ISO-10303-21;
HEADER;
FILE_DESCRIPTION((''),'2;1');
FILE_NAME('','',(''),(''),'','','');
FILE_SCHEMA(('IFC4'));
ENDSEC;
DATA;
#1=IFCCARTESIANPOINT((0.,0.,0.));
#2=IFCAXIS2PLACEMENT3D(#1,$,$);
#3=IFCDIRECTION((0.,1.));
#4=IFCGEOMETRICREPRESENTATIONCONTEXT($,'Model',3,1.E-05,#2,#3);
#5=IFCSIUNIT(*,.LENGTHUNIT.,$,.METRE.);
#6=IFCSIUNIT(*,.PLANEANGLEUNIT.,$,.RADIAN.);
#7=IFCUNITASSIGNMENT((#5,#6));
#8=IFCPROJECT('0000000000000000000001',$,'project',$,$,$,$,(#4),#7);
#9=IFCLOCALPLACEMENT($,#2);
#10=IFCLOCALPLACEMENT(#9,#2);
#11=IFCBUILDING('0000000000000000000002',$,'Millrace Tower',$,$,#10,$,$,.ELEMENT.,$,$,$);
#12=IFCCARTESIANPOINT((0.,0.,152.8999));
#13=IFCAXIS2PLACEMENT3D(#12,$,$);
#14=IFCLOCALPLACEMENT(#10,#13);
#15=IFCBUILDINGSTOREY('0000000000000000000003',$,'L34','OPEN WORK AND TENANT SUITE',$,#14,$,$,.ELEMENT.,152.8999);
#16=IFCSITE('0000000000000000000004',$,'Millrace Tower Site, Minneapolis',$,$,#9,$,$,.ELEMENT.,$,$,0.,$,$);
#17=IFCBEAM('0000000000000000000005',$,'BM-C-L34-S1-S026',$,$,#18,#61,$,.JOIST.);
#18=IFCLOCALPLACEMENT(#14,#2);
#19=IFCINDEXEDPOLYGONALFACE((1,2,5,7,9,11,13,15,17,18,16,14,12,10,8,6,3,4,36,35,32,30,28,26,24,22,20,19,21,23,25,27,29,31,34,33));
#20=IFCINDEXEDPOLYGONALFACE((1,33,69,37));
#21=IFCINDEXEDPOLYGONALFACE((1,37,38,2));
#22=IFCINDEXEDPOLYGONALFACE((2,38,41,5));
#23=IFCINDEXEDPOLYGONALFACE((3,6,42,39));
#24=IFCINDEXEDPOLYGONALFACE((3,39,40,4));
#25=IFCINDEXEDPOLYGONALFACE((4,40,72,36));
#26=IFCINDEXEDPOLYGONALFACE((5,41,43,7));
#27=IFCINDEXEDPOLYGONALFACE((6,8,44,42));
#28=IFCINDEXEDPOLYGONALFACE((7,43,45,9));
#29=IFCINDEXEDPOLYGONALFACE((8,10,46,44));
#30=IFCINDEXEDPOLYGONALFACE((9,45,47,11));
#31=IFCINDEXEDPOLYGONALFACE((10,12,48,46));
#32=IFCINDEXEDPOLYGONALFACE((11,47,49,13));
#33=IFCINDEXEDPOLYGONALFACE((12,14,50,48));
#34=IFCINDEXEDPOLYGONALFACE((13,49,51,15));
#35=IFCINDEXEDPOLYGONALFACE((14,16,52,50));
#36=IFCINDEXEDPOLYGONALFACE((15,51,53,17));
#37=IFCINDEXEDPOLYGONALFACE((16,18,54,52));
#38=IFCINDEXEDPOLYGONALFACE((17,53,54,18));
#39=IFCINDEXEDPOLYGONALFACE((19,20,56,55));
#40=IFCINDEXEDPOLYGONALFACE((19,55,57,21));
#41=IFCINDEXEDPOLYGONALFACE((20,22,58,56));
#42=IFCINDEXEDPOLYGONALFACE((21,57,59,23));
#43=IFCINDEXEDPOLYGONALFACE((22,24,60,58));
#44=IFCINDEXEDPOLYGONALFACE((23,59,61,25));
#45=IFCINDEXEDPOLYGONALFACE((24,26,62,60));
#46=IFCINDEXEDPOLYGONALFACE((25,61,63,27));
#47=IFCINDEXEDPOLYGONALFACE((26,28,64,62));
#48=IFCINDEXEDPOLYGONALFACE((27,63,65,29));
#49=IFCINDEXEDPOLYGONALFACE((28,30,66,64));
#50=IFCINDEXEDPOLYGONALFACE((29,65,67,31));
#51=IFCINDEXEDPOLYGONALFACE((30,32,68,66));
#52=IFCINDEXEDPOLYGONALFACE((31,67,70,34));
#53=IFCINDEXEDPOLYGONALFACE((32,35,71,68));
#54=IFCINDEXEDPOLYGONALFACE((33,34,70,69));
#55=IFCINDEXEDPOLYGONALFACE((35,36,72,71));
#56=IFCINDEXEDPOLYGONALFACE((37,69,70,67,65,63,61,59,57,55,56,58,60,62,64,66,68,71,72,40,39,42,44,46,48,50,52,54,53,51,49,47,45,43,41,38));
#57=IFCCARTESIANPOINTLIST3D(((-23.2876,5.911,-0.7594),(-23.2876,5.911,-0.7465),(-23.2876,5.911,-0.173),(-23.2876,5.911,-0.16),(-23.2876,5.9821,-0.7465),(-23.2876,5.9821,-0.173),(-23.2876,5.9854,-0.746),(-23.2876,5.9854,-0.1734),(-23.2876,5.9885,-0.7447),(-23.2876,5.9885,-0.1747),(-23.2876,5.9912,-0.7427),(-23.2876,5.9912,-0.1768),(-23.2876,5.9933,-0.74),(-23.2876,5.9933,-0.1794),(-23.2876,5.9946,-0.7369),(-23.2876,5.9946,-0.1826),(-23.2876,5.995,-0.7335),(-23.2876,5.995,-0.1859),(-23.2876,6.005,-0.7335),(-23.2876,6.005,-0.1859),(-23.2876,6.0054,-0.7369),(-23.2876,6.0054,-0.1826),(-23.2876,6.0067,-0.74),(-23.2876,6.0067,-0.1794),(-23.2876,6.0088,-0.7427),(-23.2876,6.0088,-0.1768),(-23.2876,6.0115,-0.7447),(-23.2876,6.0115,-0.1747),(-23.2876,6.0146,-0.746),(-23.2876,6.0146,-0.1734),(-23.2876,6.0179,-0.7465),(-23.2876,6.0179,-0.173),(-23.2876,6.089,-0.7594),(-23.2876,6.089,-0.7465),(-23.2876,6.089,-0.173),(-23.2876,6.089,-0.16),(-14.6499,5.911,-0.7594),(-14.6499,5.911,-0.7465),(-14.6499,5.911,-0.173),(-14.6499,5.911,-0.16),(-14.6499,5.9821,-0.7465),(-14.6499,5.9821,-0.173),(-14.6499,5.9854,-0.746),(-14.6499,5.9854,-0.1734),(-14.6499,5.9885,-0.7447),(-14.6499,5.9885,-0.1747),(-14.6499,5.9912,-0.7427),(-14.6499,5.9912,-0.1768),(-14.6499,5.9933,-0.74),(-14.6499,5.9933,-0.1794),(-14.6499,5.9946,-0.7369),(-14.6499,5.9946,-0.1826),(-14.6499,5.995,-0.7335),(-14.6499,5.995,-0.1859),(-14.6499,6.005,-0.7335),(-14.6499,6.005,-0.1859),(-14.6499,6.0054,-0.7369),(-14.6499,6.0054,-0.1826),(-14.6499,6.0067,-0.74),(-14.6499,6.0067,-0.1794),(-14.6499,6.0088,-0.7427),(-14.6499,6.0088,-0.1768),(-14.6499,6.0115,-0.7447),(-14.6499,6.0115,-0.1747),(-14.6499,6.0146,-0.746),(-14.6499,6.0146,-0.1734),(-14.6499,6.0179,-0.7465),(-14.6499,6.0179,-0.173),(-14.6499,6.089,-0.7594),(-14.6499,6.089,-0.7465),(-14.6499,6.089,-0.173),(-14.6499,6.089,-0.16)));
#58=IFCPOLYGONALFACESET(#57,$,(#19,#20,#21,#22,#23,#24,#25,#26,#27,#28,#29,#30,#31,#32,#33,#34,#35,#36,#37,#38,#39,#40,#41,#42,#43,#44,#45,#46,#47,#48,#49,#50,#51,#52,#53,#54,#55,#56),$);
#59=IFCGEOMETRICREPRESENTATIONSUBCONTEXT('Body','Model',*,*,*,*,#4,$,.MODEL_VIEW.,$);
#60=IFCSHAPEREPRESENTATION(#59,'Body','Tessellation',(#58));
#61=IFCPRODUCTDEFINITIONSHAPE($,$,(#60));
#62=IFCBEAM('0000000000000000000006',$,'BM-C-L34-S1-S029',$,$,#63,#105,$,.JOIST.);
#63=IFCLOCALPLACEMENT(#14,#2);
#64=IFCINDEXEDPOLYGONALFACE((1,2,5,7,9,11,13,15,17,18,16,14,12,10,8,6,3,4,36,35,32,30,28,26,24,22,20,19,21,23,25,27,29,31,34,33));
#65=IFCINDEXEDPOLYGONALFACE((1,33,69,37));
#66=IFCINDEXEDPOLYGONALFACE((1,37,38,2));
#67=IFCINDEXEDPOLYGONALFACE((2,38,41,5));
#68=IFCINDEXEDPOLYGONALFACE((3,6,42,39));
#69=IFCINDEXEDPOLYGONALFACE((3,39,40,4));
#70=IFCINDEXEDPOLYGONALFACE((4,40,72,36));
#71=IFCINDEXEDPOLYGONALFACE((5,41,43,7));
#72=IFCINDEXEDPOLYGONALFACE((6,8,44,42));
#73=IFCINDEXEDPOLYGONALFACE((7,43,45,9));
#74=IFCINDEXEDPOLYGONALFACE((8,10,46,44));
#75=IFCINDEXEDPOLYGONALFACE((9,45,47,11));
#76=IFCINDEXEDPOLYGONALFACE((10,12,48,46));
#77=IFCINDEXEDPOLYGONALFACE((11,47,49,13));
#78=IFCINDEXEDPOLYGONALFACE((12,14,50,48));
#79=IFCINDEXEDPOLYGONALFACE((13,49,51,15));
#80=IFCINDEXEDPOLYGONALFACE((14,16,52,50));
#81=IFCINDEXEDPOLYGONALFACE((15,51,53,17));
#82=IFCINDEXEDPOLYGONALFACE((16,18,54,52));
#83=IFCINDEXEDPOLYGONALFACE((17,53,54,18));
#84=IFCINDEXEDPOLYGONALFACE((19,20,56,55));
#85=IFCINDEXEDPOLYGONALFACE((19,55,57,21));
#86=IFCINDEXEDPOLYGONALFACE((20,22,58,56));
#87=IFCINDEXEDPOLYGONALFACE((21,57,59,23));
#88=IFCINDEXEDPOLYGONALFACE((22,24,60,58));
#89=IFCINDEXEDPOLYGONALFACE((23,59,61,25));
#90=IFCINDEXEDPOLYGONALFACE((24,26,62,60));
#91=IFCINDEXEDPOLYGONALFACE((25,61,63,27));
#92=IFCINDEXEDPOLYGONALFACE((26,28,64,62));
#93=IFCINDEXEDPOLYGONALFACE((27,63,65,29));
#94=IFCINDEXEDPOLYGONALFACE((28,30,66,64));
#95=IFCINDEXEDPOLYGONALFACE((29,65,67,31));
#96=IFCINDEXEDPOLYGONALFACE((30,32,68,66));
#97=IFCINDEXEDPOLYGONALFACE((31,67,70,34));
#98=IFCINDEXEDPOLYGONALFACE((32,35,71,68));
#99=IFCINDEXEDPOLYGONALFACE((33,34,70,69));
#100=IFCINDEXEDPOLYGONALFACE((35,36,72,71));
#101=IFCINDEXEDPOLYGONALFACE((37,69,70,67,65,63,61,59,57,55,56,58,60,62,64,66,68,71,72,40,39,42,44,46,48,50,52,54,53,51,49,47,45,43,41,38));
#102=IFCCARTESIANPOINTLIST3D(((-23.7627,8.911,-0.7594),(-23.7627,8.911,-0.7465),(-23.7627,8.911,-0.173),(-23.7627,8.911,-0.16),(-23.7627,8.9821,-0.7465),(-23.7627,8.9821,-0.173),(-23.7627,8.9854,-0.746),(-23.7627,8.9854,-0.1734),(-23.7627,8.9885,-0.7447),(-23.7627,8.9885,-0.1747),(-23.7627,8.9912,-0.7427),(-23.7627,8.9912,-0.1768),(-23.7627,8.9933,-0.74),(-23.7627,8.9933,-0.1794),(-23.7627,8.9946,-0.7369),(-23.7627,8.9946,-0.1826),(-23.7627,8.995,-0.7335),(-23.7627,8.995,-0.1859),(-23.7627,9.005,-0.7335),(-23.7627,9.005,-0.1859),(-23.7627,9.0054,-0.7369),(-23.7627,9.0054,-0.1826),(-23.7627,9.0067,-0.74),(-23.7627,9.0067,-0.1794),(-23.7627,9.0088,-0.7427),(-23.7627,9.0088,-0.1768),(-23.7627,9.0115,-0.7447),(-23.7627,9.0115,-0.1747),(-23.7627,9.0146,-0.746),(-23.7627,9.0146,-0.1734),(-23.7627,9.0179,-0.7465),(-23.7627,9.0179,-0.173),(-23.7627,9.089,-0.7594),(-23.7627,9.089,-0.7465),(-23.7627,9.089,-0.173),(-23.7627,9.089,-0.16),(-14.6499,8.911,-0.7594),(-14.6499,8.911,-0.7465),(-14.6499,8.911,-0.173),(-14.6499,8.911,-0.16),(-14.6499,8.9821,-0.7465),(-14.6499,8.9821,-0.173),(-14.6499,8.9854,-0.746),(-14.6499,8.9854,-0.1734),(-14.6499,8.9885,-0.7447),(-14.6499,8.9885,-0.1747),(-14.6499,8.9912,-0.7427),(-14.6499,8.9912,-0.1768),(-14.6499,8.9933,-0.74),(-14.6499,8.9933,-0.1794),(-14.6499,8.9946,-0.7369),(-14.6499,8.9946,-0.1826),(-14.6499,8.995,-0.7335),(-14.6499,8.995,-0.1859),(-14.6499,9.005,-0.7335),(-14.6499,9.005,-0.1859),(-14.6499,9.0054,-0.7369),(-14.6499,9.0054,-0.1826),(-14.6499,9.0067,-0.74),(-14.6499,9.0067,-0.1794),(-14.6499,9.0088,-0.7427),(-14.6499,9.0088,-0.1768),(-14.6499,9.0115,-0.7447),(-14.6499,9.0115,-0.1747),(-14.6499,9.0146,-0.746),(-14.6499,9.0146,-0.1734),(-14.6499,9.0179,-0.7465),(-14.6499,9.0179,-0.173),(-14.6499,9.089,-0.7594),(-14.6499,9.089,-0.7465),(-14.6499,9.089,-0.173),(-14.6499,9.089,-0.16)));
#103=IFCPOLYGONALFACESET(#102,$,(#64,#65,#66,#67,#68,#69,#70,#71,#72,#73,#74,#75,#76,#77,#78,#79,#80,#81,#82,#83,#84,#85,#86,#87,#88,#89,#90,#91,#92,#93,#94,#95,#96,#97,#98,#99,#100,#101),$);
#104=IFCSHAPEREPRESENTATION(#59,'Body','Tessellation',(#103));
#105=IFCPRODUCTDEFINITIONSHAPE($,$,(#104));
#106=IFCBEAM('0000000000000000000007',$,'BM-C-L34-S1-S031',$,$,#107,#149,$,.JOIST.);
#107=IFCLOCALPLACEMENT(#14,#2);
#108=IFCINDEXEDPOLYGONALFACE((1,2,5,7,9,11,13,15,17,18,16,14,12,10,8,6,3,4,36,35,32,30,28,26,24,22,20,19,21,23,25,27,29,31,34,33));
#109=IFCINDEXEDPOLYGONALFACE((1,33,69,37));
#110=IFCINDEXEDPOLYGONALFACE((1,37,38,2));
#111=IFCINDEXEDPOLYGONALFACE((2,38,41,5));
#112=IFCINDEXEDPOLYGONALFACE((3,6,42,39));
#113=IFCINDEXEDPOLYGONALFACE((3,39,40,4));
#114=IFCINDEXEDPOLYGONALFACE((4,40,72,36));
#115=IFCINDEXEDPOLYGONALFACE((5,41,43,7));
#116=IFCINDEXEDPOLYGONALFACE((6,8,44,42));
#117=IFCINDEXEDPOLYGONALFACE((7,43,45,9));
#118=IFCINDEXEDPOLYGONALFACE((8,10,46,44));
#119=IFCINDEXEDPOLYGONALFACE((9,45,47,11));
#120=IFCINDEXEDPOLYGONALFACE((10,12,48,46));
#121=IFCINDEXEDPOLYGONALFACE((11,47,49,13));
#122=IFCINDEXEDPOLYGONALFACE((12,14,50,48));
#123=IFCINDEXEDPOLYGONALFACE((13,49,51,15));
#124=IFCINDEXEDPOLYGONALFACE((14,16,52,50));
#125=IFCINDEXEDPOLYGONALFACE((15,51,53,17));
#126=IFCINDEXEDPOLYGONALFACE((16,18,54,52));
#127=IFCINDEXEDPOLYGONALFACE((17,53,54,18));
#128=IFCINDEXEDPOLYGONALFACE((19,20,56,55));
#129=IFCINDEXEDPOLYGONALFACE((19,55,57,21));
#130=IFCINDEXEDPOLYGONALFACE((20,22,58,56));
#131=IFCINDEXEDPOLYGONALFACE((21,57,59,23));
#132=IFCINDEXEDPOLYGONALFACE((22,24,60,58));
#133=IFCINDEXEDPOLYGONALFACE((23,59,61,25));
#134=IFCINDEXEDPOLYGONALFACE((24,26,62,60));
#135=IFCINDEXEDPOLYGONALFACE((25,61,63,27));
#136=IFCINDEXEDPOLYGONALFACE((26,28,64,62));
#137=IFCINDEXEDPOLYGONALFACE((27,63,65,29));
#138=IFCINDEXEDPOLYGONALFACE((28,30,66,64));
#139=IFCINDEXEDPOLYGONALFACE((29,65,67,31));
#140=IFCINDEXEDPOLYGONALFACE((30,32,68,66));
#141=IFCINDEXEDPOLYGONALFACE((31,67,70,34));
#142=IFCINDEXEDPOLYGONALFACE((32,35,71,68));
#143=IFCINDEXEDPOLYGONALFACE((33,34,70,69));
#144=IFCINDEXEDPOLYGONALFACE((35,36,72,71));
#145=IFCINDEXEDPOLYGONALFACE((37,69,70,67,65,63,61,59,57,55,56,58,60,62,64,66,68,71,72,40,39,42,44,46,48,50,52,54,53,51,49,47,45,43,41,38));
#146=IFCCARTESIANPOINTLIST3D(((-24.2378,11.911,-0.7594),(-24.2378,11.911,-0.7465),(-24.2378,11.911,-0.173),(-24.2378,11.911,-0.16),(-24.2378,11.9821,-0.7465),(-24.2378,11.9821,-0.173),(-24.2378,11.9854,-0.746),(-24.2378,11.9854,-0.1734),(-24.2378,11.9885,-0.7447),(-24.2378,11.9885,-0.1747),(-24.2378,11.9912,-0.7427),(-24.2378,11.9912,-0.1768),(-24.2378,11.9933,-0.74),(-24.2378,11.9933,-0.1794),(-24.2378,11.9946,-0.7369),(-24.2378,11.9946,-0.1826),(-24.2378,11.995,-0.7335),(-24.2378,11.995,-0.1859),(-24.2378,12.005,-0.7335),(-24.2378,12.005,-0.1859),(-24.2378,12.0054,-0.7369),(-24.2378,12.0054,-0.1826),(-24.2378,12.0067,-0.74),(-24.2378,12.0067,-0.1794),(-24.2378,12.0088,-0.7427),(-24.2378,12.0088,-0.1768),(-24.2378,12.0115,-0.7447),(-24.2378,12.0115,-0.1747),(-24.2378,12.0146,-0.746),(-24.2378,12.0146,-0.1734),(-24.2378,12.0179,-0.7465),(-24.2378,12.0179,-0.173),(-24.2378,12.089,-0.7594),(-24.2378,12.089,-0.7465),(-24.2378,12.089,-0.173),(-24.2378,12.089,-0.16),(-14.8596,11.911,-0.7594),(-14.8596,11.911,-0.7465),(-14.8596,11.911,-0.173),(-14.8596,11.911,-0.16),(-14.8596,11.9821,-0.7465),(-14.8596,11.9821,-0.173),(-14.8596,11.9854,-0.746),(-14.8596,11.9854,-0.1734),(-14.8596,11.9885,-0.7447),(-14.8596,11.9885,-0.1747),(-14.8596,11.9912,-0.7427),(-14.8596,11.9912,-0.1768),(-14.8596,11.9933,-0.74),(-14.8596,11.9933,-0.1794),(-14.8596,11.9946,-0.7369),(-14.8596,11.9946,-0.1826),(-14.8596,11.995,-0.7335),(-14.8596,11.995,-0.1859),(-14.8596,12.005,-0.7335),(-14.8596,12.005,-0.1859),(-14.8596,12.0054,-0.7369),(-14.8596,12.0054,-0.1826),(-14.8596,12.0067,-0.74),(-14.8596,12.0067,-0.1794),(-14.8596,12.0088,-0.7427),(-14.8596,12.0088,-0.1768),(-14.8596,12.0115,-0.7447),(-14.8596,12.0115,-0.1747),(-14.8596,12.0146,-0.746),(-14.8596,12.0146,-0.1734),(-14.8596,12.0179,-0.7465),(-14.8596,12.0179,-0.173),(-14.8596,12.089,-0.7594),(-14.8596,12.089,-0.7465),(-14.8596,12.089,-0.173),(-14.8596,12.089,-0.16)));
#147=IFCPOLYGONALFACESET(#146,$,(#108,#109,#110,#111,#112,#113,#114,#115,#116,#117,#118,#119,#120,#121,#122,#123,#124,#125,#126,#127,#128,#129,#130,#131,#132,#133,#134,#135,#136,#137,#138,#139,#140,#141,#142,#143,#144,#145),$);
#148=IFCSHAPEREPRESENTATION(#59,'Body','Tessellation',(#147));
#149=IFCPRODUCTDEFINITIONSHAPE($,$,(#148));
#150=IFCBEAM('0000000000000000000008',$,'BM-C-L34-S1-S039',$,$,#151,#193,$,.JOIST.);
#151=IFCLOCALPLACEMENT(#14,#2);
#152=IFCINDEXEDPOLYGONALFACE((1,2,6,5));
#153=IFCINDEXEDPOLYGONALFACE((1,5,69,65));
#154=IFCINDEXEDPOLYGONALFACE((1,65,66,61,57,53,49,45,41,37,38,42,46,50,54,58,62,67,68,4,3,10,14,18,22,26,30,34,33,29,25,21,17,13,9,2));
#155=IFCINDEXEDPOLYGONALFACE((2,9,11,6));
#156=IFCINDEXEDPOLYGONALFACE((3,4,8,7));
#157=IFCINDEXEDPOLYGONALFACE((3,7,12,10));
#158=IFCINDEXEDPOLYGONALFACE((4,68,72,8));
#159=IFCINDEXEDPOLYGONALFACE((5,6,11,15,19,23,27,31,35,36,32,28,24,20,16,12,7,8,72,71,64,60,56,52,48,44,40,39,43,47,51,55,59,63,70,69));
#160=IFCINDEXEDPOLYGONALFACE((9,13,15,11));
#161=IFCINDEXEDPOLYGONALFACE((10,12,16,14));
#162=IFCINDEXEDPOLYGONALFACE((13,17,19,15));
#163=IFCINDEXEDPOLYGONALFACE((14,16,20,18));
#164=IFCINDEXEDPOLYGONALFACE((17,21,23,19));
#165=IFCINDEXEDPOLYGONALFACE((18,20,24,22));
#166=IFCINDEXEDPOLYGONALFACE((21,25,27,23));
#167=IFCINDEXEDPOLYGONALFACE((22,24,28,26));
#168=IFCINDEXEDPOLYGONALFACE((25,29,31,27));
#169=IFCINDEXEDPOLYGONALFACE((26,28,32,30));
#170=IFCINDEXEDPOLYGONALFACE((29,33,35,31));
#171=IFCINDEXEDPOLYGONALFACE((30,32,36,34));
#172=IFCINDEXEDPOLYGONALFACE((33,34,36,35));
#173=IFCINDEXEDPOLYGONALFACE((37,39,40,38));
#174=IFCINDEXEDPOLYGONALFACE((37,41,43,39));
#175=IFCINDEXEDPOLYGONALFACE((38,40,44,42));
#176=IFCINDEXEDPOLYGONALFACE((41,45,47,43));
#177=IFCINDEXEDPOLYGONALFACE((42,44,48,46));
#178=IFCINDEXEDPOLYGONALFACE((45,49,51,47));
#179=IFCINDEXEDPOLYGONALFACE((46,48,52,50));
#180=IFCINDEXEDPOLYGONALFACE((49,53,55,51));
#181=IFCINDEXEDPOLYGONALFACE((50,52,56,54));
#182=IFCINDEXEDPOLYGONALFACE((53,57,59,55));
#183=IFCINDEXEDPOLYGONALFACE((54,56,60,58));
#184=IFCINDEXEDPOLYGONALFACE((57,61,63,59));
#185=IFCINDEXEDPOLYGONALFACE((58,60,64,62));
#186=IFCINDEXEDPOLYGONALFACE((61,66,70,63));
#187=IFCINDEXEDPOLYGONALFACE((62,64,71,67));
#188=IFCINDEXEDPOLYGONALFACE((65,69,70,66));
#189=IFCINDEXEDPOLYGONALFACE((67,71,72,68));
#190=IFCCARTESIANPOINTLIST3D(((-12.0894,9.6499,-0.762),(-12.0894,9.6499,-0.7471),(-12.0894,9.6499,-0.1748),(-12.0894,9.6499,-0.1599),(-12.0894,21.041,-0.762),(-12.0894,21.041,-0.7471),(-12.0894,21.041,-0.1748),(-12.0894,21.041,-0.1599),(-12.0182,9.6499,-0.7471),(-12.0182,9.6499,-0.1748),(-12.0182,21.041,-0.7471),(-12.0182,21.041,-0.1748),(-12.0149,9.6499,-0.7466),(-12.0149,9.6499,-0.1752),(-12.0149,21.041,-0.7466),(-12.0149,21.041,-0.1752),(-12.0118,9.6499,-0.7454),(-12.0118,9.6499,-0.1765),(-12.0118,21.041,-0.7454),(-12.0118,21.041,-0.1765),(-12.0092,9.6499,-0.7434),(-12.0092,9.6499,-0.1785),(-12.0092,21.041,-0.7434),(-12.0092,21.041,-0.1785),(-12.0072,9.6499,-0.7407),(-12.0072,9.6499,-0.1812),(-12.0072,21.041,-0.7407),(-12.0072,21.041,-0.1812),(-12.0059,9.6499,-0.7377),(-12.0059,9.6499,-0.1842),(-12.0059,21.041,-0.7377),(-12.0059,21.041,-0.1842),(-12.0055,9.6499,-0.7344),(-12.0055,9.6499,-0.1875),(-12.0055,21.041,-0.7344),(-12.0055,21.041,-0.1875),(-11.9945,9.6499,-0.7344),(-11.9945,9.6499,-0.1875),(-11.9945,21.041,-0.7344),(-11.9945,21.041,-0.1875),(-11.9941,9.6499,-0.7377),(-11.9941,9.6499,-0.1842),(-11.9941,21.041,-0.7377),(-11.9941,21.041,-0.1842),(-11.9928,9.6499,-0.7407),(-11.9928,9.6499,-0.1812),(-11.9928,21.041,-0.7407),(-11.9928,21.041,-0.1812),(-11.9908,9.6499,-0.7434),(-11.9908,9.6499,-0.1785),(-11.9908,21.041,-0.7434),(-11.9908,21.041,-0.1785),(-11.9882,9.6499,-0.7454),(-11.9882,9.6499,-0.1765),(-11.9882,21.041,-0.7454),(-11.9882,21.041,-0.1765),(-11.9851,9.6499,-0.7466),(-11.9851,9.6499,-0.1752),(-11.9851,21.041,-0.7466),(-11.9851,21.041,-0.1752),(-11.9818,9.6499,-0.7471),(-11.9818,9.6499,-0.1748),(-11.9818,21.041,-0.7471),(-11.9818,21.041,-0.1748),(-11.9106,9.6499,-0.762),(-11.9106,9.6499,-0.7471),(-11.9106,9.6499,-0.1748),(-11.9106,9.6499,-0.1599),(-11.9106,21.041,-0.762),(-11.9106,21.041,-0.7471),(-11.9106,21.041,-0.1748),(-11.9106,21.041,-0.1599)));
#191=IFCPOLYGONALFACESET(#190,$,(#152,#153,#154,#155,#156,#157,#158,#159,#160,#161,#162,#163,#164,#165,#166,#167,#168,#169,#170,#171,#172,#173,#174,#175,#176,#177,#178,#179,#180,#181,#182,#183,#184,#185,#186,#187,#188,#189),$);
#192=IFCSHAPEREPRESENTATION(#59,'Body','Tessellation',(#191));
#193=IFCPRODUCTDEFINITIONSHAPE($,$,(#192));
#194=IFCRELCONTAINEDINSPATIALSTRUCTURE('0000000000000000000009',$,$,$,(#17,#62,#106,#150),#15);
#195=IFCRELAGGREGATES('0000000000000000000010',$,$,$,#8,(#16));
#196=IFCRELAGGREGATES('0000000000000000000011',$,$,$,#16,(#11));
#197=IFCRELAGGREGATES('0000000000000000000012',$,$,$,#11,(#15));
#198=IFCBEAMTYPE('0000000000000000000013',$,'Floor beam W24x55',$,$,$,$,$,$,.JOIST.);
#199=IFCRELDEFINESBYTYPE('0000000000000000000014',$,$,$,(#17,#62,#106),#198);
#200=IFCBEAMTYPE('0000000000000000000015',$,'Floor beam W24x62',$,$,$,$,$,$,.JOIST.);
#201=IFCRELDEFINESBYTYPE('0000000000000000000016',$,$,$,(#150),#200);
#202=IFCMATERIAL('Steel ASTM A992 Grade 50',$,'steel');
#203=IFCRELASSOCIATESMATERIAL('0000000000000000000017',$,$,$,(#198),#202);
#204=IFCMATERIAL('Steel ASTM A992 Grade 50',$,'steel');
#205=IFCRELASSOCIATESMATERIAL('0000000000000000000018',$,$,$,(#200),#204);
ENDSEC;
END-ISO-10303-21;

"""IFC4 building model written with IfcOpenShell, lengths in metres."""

from ifc_helpers import new_model, si_unit, direction, frame, origin, origin_2d, place, context, subcontext, project, spatial, i_section, extrude, material, material_profile, profile_set, type_object, element, save


model = new_model("IFC4")

# Units and contexts
model_context = context("Model", 3, precision=1e-05, world=origin(), true_north=direction((0.0, 1.0)))
body_context = subcontext(model_context, "Body", "Model", "MODEL_VIEW")
ifc_project = project(units=[si_unit("LENGTHUNIT", "METRE"), si_unit("PLANEANGLEUNIT", "RADIAN")], contexts=[model_context])

# Site, building, storey
site_placement = place(None, origin())
site = spatial("IfcSite", under=ifc_project, at=site_placement, Name="Millrace Tower Site, Minneapolis", CompositionType="ELEMENT", RefElevation=0.0)
building_placement = place(site_placement, origin())
building = spatial("IfcBuilding", under=site, at=building_placement, Name="Millrace Tower", CompositionType="ELEMENT")
storey_placement = place(building_placement, frame((0.0, 0.0, 152.8999)))
storey = spatial("IfcBuildingStorey", under=building, at=storey_placement, Name="L34", Description="OPEN WORK AND TENANT SUITE", CompositionType="ELEMENT", Elevation=152.8999)

# Beams
ifc_material_1 = material(Name="Steel ASTM A992 Grade 50", Category="steel")
ifc_material_profile_1 = material_profile(ifc_material_1, i_section(OverallWidth=0.178, OverallDepth=0.5994, WebThickness=0.01, FlangeThickness=0.0129, FilletRadius=0.0129, at=origin_2d()))
ifc_profile_set_1 = profile_set([ifc_material_profile_1], Name="Steel ASTM A992 Grade 50")
beam_type_1 = type_object("IfcBeamType", Name="Floor beam W24x55", PredefinedType="JOIST", material=ifc_profile_set_1)
beam_1_placement = place(storey_placement, frame((-23.2876, 6.0, -0.4597), z_axis=(1.0, 0.0, 0.0), x_axis=(0.0, 1.0, 0.0)))
element("IfcBeam", 1, at=beam_1_placement, inside=storey, type_object=beam_type_1, Name="BM-C-L34-S1-S026", PredefinedType="JOIST", context=body_context, shape_type="SweptSolid", body=[
    extrude(i_section(OverallWidth=0.178, OverallDepth=0.5994, WebThickness=0.01, FlangeThickness=0.0129, FilletRadius=0.0129, at=origin_2d()), origin(), (0.0, 0.0, 1.0), 8.6377),
])
beam_2_placement = place(storey_placement, frame((-23.7627, 9.0, -0.4597), z_axis=(1.0, 0.0, 0.0), x_axis=(0.0, 1.0, 0.0)))
element("IfcBeam", 2, at=beam_2_placement, inside=storey, type_object=beam_type_1, Name="BM-C-L34-S1-S029", PredefinedType="JOIST", context=body_context, shape_type="SweptSolid", body=[
    extrude(i_section(OverallWidth=0.178, OverallDepth=0.5994, WebThickness=0.01, FlangeThickness=0.0129, FilletRadius=0.0129, at=origin_2d()), origin(), (0.0, 0.0, 1.0), 9.1128),
])
beam_3_placement = place(storey_placement, frame((-24.2378, 12.0, -0.4597), z_axis=(1.0, 0.0, 0.0), x_axis=(0.0, 1.0, 0.0)))
element("IfcBeam", 3, at=beam_3_placement, inside=storey, type_object=beam_type_1, Name="BM-C-L34-S1-S031", PredefinedType="JOIST", context=body_context, shape_type="SweptSolid", body=[
    extrude(i_section(OverallWidth=0.178, OverallDepth=0.5994, WebThickness=0.01, FlangeThickness=0.0129, FilletRadius=0.0129, at=origin_2d()), origin(), (0.0, 0.0, 1.0), 9.3782),
])
ifc_material_2 = material(Name="Steel ASTM A992 Grade 50", Category="steel")
ifc_material_profile_2 = material_profile(ifc_material_2, i_section(OverallWidth=0.1787, OverallDepth=0.6021, WebThickness=0.011, FlangeThickness=0.0149, FilletRadius=0.0127, at=origin_2d()))
ifc_profile_set_2 = profile_set([ifc_material_profile_2], Name="Steel ASTM A992 Grade 50")
beam_type_2 = type_object("IfcBeamType", Name="Floor beam W24x62", PredefinedType="JOIST", material=ifc_profile_set_2)
beam_4_placement = place(storey_placement, frame((-12.0, 9.6499, -0.4609), z_axis=(0.0, 1.0, 0.0), x_axis=(-1.0, 0.0, 0.0)))
element("IfcBeam", 4, at=beam_4_placement, inside=storey, type_object=beam_type_2, Name="BM-C-L34-S1-S039", PredefinedType="JOIST", context=body_context, shape_type="SweptSolid", body=[
    extrude(i_section(OverallWidth=0.1787, OverallDepth=0.6021, WebThickness=0.011, FlangeThickness=0.0149, FilletRadius=0.0127, at=origin_2d()), origin(), (0.0, 0.0, 1.0), 11.3911),
])

save(model, "model.ifc")
